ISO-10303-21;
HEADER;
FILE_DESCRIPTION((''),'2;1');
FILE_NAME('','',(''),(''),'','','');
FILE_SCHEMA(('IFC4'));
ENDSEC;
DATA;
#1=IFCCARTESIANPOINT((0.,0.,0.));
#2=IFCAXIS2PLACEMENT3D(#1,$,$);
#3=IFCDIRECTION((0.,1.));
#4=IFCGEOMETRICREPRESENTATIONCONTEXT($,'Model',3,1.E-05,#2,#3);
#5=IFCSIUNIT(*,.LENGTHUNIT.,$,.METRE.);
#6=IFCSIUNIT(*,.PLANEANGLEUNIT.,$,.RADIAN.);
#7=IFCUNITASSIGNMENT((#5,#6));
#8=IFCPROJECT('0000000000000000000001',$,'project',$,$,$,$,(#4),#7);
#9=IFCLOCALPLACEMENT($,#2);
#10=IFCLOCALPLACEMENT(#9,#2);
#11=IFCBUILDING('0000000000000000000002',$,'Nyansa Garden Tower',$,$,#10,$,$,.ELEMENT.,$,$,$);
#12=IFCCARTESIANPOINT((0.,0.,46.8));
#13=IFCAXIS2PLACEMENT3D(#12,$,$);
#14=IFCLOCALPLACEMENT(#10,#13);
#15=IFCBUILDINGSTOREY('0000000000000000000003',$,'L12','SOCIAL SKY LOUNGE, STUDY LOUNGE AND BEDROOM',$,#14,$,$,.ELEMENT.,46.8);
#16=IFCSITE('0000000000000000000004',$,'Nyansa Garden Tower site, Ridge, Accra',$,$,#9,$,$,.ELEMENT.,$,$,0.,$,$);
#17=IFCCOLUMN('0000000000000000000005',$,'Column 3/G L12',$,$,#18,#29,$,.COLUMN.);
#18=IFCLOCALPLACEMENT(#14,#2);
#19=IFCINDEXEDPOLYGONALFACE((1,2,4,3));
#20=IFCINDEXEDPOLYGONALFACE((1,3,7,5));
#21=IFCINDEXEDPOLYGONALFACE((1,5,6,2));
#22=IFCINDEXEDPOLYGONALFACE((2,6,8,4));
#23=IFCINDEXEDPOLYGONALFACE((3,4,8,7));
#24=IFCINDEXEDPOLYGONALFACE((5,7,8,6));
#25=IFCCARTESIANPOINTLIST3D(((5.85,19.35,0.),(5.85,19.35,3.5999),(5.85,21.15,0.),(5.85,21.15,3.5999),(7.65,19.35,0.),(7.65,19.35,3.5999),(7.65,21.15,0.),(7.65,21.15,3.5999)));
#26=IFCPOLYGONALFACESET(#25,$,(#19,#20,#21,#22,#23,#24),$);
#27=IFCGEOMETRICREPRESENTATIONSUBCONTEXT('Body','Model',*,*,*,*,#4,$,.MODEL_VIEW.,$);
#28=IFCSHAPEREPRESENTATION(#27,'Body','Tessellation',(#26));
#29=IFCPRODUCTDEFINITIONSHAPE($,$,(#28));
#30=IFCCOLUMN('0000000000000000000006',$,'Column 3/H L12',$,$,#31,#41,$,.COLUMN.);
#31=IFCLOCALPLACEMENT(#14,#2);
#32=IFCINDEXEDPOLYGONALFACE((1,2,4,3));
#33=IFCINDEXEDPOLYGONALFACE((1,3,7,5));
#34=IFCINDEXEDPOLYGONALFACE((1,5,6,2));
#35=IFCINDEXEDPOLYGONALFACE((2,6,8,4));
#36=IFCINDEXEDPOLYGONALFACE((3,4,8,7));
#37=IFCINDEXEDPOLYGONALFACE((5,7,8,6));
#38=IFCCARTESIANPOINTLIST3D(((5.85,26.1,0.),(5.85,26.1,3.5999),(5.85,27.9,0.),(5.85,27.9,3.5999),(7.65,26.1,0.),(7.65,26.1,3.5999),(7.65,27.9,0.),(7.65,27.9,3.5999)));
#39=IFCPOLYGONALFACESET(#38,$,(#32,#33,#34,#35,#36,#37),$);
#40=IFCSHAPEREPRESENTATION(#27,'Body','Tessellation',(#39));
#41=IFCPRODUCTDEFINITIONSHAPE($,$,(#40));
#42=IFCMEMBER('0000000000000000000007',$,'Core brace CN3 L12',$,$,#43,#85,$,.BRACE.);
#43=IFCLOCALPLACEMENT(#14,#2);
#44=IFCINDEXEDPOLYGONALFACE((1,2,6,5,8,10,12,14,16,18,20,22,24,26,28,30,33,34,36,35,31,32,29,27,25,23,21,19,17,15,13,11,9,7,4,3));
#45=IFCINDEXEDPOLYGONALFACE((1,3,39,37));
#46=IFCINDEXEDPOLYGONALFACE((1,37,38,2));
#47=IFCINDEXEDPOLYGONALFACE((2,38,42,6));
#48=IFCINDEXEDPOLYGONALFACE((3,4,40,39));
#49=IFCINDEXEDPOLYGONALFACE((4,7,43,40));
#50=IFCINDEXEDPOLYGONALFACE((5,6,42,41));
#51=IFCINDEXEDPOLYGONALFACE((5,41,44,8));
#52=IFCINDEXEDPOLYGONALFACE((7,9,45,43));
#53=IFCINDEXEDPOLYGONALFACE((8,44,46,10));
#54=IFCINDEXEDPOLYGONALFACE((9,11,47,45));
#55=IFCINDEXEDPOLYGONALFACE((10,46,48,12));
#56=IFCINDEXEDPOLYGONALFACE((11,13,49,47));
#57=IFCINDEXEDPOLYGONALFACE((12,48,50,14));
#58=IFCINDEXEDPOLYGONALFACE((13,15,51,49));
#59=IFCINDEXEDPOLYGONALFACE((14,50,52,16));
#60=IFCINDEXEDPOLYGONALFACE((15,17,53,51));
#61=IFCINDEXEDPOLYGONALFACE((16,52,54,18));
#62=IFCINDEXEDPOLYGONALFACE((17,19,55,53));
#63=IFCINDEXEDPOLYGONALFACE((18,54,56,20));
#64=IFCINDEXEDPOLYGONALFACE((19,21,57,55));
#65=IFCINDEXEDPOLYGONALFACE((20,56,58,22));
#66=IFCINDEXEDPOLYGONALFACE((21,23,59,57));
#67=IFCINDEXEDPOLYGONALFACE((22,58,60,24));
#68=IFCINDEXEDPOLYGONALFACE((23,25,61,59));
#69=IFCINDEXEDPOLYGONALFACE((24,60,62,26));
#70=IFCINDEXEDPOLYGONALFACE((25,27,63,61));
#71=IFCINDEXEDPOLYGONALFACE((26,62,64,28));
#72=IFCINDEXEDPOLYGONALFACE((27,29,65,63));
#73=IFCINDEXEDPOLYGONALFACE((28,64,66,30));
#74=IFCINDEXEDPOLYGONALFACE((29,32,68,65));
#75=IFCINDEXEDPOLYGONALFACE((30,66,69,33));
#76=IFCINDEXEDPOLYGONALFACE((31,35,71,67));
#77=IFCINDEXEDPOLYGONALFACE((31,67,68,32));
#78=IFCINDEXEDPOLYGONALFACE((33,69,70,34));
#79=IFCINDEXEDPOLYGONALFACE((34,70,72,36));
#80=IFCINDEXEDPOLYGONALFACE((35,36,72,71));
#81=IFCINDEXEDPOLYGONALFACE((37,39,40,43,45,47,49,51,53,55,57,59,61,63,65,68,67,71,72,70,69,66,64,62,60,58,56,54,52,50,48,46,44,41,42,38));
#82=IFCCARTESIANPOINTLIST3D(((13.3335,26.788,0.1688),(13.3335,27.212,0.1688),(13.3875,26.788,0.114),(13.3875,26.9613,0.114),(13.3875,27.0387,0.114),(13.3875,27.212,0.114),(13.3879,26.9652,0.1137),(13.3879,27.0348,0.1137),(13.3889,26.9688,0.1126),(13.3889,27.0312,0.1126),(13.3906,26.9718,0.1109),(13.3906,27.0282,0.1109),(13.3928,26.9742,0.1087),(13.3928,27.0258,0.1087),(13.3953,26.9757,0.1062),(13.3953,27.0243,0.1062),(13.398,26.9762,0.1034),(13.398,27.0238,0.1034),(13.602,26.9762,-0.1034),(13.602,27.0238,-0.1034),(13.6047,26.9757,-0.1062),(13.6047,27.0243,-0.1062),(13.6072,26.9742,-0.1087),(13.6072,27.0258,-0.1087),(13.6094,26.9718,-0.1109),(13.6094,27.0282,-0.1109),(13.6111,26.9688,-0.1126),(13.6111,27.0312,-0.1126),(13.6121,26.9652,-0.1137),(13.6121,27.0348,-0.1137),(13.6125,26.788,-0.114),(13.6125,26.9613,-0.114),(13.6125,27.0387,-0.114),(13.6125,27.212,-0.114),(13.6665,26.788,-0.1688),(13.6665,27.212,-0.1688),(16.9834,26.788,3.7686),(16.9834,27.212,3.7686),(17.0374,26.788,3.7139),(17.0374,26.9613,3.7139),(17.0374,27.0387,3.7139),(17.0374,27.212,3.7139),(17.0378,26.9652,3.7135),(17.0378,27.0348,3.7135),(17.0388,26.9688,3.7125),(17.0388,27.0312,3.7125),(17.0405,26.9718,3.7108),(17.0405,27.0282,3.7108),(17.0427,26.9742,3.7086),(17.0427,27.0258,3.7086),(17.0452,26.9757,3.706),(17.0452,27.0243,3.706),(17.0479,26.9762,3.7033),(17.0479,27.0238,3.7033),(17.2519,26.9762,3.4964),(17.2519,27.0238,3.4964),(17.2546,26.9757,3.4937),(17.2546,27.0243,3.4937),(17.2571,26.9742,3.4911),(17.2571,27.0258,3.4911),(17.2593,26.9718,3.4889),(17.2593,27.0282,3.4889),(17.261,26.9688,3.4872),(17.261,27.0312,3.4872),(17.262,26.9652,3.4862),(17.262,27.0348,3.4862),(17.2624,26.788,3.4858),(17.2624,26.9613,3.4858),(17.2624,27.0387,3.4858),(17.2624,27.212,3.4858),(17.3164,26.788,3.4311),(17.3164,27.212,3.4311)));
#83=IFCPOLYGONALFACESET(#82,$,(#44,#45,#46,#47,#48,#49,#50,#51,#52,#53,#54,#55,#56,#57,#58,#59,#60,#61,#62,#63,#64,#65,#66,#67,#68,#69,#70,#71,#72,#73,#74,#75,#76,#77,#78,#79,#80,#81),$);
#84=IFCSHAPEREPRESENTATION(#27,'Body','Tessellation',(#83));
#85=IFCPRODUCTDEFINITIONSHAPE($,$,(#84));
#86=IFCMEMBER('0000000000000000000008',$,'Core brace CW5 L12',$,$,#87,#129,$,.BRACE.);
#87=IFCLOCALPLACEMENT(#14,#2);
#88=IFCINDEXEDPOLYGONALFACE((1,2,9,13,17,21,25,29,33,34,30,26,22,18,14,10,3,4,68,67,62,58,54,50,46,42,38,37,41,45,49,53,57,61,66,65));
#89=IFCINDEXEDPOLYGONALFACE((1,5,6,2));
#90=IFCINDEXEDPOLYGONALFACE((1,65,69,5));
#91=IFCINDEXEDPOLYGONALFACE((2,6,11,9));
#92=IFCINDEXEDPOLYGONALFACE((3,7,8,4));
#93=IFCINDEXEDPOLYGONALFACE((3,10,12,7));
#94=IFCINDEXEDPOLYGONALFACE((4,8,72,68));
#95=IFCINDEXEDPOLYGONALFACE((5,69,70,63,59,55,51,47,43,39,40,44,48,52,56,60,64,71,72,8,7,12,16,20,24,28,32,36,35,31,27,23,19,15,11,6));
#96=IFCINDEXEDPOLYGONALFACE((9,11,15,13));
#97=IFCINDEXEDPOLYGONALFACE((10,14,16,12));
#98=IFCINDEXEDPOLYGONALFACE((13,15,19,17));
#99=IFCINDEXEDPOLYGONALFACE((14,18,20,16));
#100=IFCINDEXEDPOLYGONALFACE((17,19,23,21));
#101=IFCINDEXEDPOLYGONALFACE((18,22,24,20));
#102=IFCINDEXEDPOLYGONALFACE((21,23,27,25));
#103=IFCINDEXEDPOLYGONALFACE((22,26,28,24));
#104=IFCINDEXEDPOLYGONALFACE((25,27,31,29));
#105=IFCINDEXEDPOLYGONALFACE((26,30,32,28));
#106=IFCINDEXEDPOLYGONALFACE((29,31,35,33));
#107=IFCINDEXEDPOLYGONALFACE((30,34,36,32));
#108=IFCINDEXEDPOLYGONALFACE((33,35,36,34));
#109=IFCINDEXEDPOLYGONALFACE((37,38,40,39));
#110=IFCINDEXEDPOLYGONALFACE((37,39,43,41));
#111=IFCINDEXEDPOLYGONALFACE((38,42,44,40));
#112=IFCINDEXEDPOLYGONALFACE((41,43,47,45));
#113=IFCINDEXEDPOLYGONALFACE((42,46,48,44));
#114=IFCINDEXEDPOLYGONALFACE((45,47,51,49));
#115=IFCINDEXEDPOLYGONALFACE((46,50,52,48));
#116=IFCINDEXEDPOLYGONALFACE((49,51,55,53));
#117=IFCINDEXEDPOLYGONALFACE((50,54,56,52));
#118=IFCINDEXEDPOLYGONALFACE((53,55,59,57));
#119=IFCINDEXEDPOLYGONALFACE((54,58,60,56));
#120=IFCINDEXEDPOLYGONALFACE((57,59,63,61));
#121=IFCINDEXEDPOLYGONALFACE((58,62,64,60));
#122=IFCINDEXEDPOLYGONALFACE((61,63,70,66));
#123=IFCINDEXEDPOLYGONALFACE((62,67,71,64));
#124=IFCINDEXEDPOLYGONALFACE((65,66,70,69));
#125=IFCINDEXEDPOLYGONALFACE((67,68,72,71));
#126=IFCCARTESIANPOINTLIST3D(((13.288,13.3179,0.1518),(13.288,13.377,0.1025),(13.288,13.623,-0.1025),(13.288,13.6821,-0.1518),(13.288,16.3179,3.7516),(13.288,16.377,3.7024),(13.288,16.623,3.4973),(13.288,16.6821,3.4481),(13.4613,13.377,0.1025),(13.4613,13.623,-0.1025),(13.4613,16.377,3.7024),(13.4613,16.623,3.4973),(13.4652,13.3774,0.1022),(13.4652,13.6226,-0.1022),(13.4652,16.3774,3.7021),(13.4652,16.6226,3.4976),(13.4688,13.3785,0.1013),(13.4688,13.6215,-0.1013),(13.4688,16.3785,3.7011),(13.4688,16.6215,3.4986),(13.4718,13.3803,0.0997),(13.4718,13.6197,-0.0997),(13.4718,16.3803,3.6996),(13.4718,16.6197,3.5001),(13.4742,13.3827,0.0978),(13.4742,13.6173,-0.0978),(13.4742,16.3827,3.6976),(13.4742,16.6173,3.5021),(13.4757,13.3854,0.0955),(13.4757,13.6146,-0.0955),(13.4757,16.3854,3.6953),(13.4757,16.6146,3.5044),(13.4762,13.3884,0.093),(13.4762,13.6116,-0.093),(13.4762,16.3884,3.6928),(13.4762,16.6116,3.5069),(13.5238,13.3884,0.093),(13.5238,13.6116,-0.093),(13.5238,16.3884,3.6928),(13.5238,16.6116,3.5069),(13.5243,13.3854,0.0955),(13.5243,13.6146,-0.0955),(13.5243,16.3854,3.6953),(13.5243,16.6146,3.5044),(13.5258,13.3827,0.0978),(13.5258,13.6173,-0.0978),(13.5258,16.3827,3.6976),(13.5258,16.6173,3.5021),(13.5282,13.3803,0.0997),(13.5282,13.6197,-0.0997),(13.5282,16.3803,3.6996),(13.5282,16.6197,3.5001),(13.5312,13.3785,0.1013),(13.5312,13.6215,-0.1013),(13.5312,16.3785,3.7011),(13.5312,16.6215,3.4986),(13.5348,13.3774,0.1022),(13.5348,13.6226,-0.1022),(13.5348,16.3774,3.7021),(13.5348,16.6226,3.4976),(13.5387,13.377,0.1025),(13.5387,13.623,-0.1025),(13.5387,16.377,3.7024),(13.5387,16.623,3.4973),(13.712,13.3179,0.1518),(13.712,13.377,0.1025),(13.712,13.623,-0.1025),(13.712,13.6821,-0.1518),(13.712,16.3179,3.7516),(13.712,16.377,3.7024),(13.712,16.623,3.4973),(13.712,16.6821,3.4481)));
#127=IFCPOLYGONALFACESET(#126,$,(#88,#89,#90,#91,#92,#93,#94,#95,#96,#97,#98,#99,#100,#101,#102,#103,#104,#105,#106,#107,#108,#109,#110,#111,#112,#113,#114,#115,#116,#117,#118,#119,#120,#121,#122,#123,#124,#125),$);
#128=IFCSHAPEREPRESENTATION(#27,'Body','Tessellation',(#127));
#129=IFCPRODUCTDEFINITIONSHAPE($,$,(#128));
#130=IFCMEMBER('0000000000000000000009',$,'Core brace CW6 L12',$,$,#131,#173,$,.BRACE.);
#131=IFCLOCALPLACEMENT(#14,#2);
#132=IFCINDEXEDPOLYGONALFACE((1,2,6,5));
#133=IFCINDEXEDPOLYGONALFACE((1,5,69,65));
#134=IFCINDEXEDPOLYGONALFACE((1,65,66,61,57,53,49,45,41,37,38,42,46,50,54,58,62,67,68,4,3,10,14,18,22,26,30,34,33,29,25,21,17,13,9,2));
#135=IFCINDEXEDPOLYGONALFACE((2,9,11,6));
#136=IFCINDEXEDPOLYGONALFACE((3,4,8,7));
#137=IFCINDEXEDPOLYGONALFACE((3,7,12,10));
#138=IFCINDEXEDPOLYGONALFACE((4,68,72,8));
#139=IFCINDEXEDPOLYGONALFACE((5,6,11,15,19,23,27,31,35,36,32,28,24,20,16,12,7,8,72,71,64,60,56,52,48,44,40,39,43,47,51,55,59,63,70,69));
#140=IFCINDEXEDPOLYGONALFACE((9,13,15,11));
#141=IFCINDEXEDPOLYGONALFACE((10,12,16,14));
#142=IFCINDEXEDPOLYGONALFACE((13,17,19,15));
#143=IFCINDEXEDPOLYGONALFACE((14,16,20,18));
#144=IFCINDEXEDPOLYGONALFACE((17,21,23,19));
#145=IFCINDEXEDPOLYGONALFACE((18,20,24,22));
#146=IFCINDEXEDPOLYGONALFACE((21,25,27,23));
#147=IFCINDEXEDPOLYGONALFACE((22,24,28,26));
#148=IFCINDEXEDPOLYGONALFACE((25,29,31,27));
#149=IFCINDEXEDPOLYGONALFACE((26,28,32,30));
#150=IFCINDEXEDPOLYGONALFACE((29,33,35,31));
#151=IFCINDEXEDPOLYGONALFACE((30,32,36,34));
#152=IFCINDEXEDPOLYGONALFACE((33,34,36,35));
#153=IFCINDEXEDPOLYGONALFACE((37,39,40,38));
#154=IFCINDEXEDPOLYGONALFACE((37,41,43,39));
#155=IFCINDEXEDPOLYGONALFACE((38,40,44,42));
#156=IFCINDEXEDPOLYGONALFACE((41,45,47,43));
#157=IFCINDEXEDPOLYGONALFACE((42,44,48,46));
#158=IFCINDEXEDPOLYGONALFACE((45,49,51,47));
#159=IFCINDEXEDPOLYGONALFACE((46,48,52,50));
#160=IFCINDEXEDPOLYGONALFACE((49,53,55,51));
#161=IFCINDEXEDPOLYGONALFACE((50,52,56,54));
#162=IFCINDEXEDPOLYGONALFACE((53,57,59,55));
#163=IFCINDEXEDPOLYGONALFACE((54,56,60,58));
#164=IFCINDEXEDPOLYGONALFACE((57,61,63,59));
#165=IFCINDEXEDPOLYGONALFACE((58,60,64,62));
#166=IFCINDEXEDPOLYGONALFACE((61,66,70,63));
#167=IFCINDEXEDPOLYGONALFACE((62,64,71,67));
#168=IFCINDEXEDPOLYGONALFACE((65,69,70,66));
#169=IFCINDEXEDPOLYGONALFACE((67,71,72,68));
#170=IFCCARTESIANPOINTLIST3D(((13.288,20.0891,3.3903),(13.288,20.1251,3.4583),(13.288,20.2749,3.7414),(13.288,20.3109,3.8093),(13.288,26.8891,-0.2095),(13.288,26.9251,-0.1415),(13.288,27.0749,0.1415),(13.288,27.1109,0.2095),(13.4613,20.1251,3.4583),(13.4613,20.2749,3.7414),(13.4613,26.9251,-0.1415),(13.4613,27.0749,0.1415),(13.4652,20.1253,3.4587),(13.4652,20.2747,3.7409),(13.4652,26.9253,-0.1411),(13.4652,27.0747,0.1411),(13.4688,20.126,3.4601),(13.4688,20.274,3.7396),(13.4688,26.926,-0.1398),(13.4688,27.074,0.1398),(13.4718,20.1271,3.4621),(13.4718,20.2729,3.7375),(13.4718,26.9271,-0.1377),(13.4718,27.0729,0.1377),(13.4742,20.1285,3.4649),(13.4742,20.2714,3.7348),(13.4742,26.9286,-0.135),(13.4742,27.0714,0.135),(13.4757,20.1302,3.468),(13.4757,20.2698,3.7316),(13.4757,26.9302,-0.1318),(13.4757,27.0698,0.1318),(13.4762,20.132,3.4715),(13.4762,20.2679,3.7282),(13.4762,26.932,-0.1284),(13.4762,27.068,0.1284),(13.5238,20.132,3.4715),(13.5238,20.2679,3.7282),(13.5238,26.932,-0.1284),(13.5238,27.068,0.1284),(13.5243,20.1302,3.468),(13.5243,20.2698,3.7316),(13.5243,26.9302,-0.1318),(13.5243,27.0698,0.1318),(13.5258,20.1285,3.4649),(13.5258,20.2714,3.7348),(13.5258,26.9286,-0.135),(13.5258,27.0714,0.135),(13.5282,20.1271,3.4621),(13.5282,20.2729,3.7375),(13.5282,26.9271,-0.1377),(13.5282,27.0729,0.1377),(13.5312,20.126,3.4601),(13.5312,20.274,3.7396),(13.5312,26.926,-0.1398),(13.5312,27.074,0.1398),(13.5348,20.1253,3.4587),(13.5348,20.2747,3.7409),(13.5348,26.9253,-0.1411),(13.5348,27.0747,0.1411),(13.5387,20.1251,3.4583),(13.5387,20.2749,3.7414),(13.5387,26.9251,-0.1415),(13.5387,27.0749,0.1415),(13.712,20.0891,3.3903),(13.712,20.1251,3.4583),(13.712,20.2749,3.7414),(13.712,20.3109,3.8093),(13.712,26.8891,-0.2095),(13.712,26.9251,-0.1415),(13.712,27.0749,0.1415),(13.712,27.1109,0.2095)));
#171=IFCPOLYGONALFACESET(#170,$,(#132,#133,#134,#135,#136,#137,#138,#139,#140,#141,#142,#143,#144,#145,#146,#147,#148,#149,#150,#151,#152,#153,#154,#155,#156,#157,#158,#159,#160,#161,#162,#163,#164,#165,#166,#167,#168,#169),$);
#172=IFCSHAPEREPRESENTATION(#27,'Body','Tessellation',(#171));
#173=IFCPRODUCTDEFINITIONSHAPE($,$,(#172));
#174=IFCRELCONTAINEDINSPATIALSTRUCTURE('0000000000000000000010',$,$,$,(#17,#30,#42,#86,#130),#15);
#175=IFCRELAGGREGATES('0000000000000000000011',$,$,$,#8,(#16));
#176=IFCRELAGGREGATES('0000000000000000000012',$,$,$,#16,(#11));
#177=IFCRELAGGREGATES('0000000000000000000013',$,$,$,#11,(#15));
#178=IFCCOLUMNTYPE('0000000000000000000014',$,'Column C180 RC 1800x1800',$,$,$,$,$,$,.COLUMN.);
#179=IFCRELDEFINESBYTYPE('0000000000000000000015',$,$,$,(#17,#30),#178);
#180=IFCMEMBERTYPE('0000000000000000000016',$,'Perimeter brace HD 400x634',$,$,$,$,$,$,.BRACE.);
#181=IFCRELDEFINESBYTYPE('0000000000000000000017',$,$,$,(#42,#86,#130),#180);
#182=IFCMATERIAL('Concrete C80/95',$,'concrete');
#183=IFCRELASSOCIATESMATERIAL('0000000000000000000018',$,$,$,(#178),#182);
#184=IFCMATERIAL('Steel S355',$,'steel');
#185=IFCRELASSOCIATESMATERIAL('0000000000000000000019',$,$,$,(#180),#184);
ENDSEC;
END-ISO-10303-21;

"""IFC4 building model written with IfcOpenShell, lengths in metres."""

from ifc_helpers import new_model, si_unit, direction, frame, origin, origin_2d, place, context, subcontext, project, spatial, rectangle, i_section, extrude, material, material_profile, profile_set, type_object, element, save


model = new_model("IFC4")

# Units and contexts
model_context = context("Model", 3, precision=1e-05, world=origin(), true_north=direction((0.0, 1.0)))
body_context = subcontext(model_context, "Body", "Model", "MODEL_VIEW")
ifc_project = project(units=[si_unit("LENGTHUNIT", "METRE"), si_unit("PLANEANGLEUNIT", "RADIAN")], contexts=[model_context])

# Site, building, storey
site_placement = place(None, origin())
site = spatial("IfcSite", under=ifc_project, at=site_placement, Name="Nyansa Garden Tower site, Ridge, Accra", CompositionType="ELEMENT", RefElevation=0.0)
building_placement = place(site_placement, origin())
building = spatial("IfcBuilding", under=site, at=building_placement, Name="Nyansa Garden Tower", CompositionType="ELEMENT")
storey_placement = place(building_placement, frame((0.0, 0.0, 46.8)))
storey = spatial("IfcBuildingStorey", under=building, at=storey_placement, Name="L12", Description="SOCIAL SKY LOUNGE, STUDY LOUNGE AND BEDROOM", CompositionType="ELEMENT", Elevation=46.8)

# Columns
ifc_material_1 = material(Name="Concrete C80/95", Category="concrete")
ifc_material_profile_1 = material_profile(ifc_material_1, rectangle(XDim=1.8, YDim=1.8, at=origin_2d()), Name="RC 1800x1800")
ifc_profile_set_1 = profile_set([ifc_material_profile_1], Name="Concrete C80/95")
column_type = type_object("IfcColumnType", Name="Column C180 RC 1800x1800", PredefinedType="COLUMN", material=ifc_profile_set_1)
for number, where, z_axis, x_axis, name in (
    (1, (6.75, 20.25, 0.0), (0.0, 0.0, 1.0), (1.0, 0.0, 0.0), "Column 3/G L12"),
    (2, (6.75, 27.0, 0.0), (0.0, 0.0, 1.0), (1.0, 0.0, 0.0), "Column 3/H L12"),
):
    element("IfcColumn", number, at=place(storey_placement, frame(where, z_axis=z_axis, x_axis=x_axis)), inside=storey, type_object=column_type, Name=name, PredefinedType="COLUMN", context=body_context, shape_type="SweptSolid", body=[
        extrude(rectangle(XDim=1.8, YDim=1.8, at=origin_2d()), origin(), (0.0, 0.0, 1.0), 3.5999),
    ])

# Members
ifc_material_2 = material(Name="Steel S355", Category="steel")
ifc_material_profile_2 = material_profile(ifc_material_2, i_section(OverallWidth=0.4241, OverallDepth=0.4741, WebThickness=0.0476, FlangeThickness=0.0769, FilletRadius=0.0149, at=origin_2d()), Name="HD 400x634")
ifc_profile_set_2 = profile_set([ifc_material_profile_2], Name="Steel S355")
member_type = type_object("IfcMemberType", Name="Perimeter brace HD 400x634", PredefinedType="BRACE", material=ifc_profile_set_2)
member_1_placement = place(storey_placement, frame((13.5, 27.0, 0.0), z_axis=(0.711971, 0.0, 0.702209), x_axis=(0.0, 1.0, 0.0)))
element("IfcMember", 3, at=member_1_placement, inside=storey, type_object=member_type, Name="Core brace CN3 L12", PredefinedType="BRACE", context=body_context, shape_type="SweptSolid", body=[
    extrude(i_section(OverallWidth=0.4241, OverallDepth=0.4741, WebThickness=0.0476, FlangeThickness=0.0769, FilletRadius=0.0149, at=origin_2d()), origin(), (0.0, 0.0, 1.0), 5.1265),
])
member_2_placement = place(storey_placement, frame((13.5, 13.5, 0.0), z_axis=(0.0, 0.6402, 0.768208), x_axis=(-1.0, 0.0, 0.0)))
element("IfcMember", 4, at=member_2_placement, inside=storey, type_object=member_type, Name="Core brace CW5 L12", PredefinedType="BRACE", context=body_context, shape_type="SweptSolid", body=[
    extrude(i_section(OverallWidth=0.4241, OverallDepth=0.4741, WebThickness=0.0476, FlangeThickness=0.0769, FilletRadius=0.0149, at=origin_2d()), origin(), (0.0, 0.0, 1.0), 4.686),
])
member_3_placement = place(storey_placement, frame((13.5, 27.0, 0.0), z_axis=(0.0, -0.883797, 0.46787), x_axis=(1.0, 0.0, 0.0)))
element("IfcMember", 5, at=member_3_placement, inside=storey, type_object=member_type, Name="Core brace CW6 L12", PredefinedType="BRACE", context=body_context, shape_type="SweptSolid", body=[
    extrude(i_section(OverallWidth=0.4241, OverallDepth=0.4741, WebThickness=0.0476, FlangeThickness=0.0769, FilletRadius=0.0149, at=origin_2d()), origin(), (0.0, 0.0, 1.0), 7.6941),
])

save(model, "model.ifc")
